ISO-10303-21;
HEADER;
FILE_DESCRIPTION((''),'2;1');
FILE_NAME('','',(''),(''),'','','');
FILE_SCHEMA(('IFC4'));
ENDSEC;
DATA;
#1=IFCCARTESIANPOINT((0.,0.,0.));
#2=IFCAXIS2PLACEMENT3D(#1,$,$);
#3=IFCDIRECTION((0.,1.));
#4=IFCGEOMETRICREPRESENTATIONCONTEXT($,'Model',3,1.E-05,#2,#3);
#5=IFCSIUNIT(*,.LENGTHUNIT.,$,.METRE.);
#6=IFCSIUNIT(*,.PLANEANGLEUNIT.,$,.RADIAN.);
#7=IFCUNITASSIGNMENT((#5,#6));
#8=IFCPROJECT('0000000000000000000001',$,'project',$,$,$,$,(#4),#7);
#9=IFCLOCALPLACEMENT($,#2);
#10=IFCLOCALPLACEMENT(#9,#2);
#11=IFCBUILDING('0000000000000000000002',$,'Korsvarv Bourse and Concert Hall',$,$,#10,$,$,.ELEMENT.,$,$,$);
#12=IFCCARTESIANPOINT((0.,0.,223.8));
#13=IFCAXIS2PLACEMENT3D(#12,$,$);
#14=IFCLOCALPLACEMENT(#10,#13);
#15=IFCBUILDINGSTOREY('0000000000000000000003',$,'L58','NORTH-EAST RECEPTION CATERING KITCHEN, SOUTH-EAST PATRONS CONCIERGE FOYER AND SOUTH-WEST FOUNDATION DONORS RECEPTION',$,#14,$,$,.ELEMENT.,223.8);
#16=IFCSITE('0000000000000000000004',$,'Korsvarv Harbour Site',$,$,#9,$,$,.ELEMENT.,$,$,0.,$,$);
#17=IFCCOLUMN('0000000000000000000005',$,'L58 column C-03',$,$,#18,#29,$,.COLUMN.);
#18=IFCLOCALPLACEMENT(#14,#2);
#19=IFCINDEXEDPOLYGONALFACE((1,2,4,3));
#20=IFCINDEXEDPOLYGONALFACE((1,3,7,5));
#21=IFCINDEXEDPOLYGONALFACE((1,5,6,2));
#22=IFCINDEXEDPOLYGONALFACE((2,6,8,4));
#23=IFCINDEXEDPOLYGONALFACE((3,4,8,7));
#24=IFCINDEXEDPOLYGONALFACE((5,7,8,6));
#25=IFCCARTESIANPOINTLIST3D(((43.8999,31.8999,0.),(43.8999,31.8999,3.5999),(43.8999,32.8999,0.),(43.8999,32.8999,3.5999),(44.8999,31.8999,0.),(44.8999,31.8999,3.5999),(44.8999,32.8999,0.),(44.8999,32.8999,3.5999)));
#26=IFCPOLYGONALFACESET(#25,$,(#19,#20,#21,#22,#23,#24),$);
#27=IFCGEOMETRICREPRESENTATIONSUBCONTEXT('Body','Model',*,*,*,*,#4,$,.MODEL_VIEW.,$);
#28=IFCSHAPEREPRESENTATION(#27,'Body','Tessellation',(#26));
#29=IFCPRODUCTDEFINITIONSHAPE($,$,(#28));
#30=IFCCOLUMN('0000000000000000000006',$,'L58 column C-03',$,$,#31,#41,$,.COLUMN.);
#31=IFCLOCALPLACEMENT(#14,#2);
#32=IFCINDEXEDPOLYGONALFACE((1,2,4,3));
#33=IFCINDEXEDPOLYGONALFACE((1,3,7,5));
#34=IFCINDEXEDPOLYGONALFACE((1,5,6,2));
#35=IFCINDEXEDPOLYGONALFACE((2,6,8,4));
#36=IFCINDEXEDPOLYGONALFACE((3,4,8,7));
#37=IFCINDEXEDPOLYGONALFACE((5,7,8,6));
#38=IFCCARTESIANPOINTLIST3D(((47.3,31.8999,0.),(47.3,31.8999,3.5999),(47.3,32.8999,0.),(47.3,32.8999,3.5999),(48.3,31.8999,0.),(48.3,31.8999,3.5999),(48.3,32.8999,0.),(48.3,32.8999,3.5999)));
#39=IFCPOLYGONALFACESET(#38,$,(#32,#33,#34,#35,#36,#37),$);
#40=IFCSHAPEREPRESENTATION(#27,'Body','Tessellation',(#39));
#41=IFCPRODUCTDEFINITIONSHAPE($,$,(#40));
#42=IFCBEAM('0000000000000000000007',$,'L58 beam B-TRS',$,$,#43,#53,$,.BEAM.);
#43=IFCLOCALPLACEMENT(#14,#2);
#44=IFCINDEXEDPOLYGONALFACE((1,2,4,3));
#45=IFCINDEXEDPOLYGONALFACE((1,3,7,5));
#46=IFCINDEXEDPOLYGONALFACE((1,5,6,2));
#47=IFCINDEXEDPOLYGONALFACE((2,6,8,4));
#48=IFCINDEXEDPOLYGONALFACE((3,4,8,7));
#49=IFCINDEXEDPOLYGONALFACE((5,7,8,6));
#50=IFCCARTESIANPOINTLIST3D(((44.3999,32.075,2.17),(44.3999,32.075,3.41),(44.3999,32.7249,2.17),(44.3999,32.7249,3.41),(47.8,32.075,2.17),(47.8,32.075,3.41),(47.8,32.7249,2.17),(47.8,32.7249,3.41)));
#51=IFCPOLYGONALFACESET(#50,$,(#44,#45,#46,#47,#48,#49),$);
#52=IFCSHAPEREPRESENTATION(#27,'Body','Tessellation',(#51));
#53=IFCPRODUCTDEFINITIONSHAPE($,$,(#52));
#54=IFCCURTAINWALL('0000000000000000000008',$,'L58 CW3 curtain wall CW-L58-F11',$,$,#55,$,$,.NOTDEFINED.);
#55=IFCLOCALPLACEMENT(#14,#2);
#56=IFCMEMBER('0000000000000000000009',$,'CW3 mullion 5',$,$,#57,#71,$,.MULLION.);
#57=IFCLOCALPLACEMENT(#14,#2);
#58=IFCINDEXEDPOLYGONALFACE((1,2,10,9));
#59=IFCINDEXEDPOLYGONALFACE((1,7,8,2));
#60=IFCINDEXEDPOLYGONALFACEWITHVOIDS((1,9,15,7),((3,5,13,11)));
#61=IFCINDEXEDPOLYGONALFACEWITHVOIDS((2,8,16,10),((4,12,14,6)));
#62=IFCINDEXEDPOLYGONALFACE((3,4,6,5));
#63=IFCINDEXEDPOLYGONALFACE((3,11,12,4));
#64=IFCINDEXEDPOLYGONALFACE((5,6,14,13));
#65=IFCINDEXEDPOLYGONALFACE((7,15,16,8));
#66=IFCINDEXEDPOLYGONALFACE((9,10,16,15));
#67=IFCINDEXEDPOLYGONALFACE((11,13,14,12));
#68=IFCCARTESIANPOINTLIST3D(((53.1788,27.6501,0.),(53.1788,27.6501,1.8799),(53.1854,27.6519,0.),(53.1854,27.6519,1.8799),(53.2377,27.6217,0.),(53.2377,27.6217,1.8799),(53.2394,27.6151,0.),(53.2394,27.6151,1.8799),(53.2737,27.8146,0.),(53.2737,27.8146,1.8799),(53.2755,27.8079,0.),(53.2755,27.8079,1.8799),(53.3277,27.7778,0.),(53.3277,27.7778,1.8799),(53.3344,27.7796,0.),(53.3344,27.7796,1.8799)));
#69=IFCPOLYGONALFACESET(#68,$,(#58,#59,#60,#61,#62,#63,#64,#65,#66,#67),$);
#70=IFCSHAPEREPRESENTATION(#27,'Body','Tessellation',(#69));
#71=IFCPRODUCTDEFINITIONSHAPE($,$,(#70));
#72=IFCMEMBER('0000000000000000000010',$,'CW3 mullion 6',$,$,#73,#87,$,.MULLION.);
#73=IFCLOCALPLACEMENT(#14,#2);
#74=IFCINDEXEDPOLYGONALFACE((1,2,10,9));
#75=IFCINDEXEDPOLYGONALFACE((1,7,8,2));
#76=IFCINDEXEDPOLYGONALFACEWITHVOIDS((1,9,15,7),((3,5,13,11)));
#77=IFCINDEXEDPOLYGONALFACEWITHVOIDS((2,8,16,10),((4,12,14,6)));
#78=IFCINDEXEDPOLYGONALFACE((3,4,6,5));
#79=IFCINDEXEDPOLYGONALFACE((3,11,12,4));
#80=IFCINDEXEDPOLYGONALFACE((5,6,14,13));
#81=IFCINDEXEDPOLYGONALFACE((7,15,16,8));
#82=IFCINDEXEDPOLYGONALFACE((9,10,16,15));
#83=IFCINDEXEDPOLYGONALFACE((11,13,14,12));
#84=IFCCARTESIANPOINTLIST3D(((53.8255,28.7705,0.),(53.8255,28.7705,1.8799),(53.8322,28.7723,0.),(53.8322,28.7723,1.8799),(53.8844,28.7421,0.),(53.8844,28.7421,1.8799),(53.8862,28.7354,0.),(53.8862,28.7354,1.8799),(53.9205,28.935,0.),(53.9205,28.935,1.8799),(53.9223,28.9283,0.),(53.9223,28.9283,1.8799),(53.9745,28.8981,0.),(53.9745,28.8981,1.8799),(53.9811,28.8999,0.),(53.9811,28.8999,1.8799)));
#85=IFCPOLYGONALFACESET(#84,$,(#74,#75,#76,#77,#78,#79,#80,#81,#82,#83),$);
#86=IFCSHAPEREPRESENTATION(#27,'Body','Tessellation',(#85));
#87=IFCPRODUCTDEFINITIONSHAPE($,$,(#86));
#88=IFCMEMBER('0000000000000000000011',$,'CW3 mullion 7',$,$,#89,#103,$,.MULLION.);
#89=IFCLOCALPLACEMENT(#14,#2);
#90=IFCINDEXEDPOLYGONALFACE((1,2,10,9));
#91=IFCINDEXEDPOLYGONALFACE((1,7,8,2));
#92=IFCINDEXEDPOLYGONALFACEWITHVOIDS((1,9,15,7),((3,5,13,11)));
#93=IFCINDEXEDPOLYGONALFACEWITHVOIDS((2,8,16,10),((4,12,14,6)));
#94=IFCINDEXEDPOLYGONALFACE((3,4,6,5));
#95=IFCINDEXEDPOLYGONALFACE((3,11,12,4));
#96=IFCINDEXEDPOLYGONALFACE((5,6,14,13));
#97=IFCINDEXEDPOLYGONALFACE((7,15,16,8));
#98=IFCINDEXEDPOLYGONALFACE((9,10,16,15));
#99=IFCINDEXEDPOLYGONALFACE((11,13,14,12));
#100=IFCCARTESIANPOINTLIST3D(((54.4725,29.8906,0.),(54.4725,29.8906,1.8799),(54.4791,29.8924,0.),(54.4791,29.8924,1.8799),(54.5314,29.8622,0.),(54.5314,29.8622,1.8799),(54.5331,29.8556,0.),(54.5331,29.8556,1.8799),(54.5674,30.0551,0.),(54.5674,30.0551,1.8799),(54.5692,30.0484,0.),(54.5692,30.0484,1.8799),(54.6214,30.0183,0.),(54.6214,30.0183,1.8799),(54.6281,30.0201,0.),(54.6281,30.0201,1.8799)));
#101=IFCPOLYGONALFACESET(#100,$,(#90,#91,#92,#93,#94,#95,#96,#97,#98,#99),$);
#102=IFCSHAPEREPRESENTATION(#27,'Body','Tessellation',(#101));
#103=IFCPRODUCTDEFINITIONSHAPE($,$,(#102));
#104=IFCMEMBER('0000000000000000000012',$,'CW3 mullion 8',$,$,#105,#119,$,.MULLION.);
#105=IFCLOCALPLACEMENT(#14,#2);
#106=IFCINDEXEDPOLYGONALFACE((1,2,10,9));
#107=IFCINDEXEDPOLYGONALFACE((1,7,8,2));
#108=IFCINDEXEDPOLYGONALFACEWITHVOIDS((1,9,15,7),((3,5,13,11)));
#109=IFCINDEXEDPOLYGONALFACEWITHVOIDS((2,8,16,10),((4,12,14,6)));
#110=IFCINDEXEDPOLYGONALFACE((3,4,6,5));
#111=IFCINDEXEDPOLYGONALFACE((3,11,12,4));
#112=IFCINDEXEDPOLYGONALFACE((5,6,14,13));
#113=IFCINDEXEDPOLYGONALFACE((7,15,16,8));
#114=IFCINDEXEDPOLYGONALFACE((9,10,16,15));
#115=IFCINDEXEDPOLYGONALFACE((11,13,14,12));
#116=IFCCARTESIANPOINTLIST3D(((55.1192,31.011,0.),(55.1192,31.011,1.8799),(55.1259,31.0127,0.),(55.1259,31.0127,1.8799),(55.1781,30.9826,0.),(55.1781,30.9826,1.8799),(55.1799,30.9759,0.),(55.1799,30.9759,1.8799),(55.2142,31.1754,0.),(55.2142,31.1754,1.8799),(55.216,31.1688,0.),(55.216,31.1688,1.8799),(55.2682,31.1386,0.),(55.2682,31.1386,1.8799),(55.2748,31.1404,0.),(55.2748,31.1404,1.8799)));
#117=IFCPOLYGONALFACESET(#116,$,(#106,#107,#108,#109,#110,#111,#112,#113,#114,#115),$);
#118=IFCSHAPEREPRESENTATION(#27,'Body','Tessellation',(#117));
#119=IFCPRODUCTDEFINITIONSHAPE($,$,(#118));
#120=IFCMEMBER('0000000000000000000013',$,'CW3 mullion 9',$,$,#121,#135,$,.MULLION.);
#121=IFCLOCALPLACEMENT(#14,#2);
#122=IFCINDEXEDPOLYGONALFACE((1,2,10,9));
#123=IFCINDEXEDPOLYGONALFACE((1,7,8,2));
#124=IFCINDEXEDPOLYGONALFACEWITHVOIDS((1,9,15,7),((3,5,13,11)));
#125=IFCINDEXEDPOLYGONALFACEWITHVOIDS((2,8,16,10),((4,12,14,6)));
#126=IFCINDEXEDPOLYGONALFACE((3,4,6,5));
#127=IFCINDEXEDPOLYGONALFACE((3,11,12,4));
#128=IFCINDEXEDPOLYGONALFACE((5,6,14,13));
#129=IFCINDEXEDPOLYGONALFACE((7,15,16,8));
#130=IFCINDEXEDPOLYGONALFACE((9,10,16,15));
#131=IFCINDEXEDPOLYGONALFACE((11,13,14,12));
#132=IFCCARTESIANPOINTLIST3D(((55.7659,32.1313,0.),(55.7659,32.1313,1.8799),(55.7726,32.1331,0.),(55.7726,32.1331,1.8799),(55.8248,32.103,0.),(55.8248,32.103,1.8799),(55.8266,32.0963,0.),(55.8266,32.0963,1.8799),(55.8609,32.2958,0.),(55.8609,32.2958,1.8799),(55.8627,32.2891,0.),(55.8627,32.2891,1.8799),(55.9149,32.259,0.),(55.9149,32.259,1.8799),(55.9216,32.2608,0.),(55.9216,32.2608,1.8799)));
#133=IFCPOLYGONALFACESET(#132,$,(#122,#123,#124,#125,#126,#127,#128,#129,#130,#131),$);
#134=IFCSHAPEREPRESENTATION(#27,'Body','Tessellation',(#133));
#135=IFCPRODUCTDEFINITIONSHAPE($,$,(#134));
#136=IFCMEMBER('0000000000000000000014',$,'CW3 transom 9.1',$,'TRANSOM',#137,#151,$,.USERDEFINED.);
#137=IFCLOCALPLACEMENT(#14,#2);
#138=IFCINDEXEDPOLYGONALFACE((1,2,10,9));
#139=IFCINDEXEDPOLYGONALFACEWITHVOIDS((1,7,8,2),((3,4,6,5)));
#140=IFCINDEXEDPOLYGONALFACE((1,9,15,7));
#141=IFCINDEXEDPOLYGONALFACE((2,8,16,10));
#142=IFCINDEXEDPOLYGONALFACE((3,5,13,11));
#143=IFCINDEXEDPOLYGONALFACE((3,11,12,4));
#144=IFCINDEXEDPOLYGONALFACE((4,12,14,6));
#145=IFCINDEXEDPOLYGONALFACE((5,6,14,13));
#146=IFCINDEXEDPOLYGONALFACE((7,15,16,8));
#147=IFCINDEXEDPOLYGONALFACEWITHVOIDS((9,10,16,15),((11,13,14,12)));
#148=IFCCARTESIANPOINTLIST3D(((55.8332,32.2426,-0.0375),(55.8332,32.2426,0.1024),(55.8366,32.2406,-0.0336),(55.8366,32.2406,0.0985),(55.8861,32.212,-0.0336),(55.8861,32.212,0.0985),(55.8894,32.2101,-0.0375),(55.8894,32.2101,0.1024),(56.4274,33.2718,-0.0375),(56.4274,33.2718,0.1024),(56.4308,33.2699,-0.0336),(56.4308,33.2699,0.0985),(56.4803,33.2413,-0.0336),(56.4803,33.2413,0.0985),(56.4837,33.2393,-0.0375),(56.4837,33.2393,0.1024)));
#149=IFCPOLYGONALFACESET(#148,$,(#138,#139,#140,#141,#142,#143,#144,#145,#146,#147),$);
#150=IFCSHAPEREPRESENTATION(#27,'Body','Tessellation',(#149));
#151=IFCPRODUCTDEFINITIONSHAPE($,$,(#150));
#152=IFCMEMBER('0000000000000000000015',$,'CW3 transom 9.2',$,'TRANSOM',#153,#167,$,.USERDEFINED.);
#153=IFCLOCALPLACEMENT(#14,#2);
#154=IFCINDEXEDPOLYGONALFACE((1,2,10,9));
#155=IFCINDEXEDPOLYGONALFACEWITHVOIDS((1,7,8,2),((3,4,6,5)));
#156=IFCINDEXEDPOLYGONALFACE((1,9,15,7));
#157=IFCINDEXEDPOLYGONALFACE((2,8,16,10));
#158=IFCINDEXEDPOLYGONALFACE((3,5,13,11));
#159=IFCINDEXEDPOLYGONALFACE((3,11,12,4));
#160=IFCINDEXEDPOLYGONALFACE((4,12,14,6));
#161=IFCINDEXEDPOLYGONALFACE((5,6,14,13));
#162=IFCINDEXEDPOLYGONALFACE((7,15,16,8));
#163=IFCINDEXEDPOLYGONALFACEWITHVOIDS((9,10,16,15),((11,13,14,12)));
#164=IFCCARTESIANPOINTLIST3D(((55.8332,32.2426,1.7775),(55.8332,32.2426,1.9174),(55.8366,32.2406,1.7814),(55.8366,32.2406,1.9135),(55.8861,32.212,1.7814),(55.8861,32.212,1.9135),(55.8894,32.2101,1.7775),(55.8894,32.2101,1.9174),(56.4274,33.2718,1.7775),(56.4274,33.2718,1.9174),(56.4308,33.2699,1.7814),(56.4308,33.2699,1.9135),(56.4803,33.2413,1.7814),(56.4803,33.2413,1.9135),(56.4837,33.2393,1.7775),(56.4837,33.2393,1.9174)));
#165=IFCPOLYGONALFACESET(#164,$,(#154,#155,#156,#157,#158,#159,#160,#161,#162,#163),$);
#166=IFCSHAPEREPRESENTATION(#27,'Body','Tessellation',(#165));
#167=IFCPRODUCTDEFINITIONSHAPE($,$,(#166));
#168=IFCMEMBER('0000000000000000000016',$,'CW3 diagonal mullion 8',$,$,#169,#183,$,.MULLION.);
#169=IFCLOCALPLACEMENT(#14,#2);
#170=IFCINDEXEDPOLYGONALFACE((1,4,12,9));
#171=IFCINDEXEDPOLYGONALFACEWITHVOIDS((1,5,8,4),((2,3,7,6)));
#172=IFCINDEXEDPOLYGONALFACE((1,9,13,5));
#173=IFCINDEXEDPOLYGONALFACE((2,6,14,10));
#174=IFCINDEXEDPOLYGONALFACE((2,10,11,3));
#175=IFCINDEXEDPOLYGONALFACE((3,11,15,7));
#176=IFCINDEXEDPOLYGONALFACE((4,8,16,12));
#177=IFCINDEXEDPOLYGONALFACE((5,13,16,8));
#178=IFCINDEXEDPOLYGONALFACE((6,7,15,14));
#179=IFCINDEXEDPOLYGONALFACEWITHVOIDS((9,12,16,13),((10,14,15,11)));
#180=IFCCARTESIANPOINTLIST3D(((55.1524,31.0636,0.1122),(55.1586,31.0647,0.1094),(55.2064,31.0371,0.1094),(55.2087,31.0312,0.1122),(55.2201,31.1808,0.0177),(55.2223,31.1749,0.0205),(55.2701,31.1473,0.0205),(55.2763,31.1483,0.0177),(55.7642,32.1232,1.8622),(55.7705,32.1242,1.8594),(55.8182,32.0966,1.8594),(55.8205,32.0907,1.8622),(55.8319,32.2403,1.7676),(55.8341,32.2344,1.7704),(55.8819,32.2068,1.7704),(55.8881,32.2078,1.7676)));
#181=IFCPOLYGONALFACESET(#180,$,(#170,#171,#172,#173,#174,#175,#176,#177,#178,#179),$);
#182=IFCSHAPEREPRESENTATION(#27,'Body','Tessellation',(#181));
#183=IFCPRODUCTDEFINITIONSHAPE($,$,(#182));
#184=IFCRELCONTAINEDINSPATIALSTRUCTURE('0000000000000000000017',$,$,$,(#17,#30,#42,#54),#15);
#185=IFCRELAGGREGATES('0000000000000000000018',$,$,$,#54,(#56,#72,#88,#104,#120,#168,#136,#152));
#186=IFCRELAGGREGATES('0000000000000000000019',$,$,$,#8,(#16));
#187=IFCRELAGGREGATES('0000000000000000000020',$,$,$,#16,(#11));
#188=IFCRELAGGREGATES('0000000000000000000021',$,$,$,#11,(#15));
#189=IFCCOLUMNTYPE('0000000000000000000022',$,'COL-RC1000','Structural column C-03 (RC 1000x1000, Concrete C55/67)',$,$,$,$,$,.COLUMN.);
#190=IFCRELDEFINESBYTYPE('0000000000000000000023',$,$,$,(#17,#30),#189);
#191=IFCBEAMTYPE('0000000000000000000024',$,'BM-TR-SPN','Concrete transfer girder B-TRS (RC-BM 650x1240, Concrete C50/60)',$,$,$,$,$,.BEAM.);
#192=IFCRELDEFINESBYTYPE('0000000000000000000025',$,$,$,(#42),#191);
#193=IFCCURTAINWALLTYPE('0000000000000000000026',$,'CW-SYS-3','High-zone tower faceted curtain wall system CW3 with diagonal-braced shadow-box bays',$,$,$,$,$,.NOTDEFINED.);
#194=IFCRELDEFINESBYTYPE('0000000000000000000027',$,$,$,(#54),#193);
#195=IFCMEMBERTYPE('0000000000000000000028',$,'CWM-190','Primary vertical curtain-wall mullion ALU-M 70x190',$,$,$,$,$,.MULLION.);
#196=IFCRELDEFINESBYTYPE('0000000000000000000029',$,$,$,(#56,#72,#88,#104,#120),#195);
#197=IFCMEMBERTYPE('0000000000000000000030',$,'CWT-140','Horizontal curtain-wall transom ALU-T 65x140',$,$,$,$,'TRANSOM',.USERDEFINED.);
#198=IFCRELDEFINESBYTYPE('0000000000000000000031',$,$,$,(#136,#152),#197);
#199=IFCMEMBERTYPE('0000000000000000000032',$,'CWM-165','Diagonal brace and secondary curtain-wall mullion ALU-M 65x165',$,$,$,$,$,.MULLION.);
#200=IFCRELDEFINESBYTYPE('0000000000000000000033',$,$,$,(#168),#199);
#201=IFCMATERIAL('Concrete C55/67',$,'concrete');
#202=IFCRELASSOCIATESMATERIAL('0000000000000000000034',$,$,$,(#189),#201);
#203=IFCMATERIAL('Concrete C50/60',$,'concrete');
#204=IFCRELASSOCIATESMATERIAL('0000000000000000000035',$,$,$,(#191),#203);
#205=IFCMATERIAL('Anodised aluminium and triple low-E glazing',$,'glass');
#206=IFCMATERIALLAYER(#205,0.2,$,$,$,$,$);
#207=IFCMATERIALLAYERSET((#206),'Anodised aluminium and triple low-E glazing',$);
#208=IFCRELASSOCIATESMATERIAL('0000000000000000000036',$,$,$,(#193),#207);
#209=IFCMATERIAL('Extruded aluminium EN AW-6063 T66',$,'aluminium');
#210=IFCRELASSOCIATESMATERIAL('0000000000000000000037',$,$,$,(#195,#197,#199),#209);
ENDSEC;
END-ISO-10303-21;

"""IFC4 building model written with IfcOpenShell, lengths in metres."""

from ifc_helpers import new_model, si_unit, direction, frame, origin, origin_2d, place, context, subcontext, project, spatial, rectangle, hollow_rectangle, extrude, source, transform, mapped, material, layer, layer_set, material_profile, profile_set, type_object, element, aggregate, save


model = new_model("IFC4")

# Units and contexts
model_context = context("Model", 3, precision=1e-05, world=origin(), true_north=direction((0.0, 1.0)))
body_context = subcontext(model_context, "Body", "Model", "MODEL_VIEW")
ifc_project = project(units=[si_unit("LENGTHUNIT", "METRE"), si_unit("PLANEANGLEUNIT", "RADIAN")], contexts=[model_context])

# Site, building, storey
site_placement = place(None, origin())
site = spatial("IfcSite", under=ifc_project, at=site_placement, Name="Korsvarv Harbour Site", CompositionType="ELEMENT", RefElevation=0.0)
building_placement = place(site_placement, origin())
building = spatial("IfcBuilding", under=site, at=building_placement, Name="Korsvarv Bourse and Concert Hall", CompositionType="ELEMENT")
storey_placement = place(building_placement, frame((0.0, 0.0, 223.8)))
storey = spatial("IfcBuildingStorey", under=building, at=storey_placement, Name="L58", Description="NORTH-EAST RECEPTION CATERING KITCHEN, SOUTH-EAST PATRONS CONCIERGE FOYER AND SOUTH-WEST FOUNDATION DONORS RECEPTION", CompositionType="ELEMENT", Elevation=223.8)

# Columns
ifc_material_1 = material(Name="Concrete C55/67", Category="concrete")
ifc_material_profile_1 = material_profile(ifc_material_1, rectangle(XDim=1.0, YDim=1.0, at=origin_2d()), Name="RC 1000x1000")
ifc_profile_set_1 = profile_set([ifc_material_profile_1], Name="Concrete C55/67")
column_type = type_object("IfcColumnType", Name="COL-RC1000", Description="Structural column C-03 (RC 1000x1000, Concrete C55/67)", PredefinedType="COLUMN", material=ifc_profile_set_1)
shared_shape_1 = source(origin(), body_context, "Body", "SweptSolid", [
    extrude(rectangle(XDim=1.0, YDim=1.0, at=origin_2d()), origin(), (0.0, 0.0, 1.0), 3.5999),
])
for number, where, z_axis, x_axis, name in (
    (1, (44.3999, 32.3999, 0.0), (0.0, 0.0, 1.0), (1.0, 0.0, 0.0), "L58 column C-03"),
    (2, (47.8, 32.3999, 0.0), (0.0, 0.0, 1.0), (1.0, 0.0, 0.0), "L58 column C-03"),
):
    element("IfcColumn", number, at=place(storey_placement, frame(where, z_axis=z_axis, x_axis=x_axis)), inside=storey, type_object=column_type, Name=name, PredefinedType="COLUMN", context=body_context, shape_type="MappedRepresentation", body=[
        mapped(shared_shape_1, transform((0.0, 0.0, 0.0), scale=1.0)),
    ])

# Beam
ifc_material_2 = material(Name="Concrete C50/60", Category="concrete")
ifc_material_profile_2 = material_profile(ifc_material_2, rectangle(XDim=0.6499, YDim=1.24, at=origin_2d()), Name="RC-BM 650x1240")
ifc_profile_set_2 = profile_set([ifc_material_profile_2], Name="Concrete C50/60")
beam_type = type_object("IfcBeamType", Name="BM-TR-SPN", Description="Concrete transfer girder B-TRS (RC-BM 650x1240, Concrete C50/60)", PredefinedType="BEAM", material=ifc_profile_set_2)
shared_shape_2 = source(origin(), body_context, "Body", "SweptSolid", [
    extrude(rectangle(XDim=0.6499, YDim=1.24, at=origin_2d()), origin(), (0.0, 0.0, 1.0), 3.4001),
])
beam_placement = place(storey_placement, frame((44.3999, 32.3999, 2.79), z_axis=(1.0, 0.0, 0.0), x_axis=(0.0, 1.0, 0.0)))
element("IfcBeam", 3, at=beam_placement, inside=storey, type_object=beam_type, Name="L58 beam B-TRS", PredefinedType="BEAM", context=body_context, shape_type="MappedRepresentation", body=[
    mapped(shared_shape_2, transform((0.0, 0.0, 0.0), scale=1.0)),
])

# Curtain wall, members
ifc_material_3 = material(Name="Anodised aluminium and triple low-E glazing", Category="glass")
ifc_layer_1 = layer(ifc_material_3, 0.2)
ifc_layer_set_1 = layer_set([ifc_layer_1], Name="Anodised aluminium and triple low-E glazing")
curtain_wall_type = type_object("IfcCurtainWallType", Name="CW-SYS-3", Description="High-zone tower faceted curtain wall system CW3 with diagonal-braced shadow-box bays", PredefinedType="NOTDEFINED", material=ifc_layer_set_1)
curtain_wall_placement = place(storey_placement, origin())
curtain_wall = element("IfcCurtainWall", 4, at=curtain_wall_placement, inside=storey, type_object=curtain_wall_type, Name="L58 CW3 curtain wall CW-L58-F11", PredefinedType="NOTDEFINED")
ifc_material_4 = material(Name="Extruded aluminium EN AW-6063 T66", Category="aluminium")
ifc_material_profile_3 = material_profile(ifc_material_4, hollow_rectangle(XDim=0.0701, YDim=0.1899, WallThickness=0.0049, at=origin_2d()), Name="ALU-M 70x190")
ifc_profile_set_3 = profile_set([ifc_material_profile_3], Name="Extruded aluminium EN AW-6063 T66")
member_type_1 = type_object("IfcMemberType", Name="CWM-190", Description="Primary vertical curtain-wall mullion ALU-M 70x190", PredefinedType="MULLION", material=ifc_profile_set_3)
shared_shape_3 = source(origin(), body_context, "Body", "SweptSolid", [
    extrude(hollow_rectangle(XDim=0.0701, YDim=0.1899, WallThickness=0.0049, at=origin_2d()), origin(), (0.0, 0.0, 1.0), 1.8799),
])
member_1_placement = place(storey_placement, frame((53.2566, 27.7148, 0.0), z_axis=(0.0, 0.0, 1.0), x_axis=(-0.86603, 0.499992, 0.0)))
member_1 = element("IfcMember", 5, at=member_1_placement, type_object=member_type_1, Name="CW3 mullion 5", PredefinedType="MULLION", context=body_context, shape_type="MappedRepresentation", body=[
    mapped(shared_shape_3, transform((0.0, 0.0, 0.0), scale=1.0)),
])
member_2_placement = place(storey_placement, frame((53.9033, 28.8352, 0.0), z_axis=(0.0, 0.0, 1.0), x_axis=(-0.86603, 0.499992, 0.0)))
member_2 = element("IfcMember", 6, at=member_2_placement, type_object=member_type_1, Name="CW3 mullion 6", PredefinedType="MULLION", context=body_context, shape_type="MappedRepresentation", body=[
    mapped(shared_shape_3, transform((0.0, 0.0, 0.0), scale=1.0)),
])
member_3_placement = place(storey_placement, frame((54.5503, 29.9553, 0.0), z_axis=(0.0, 0.0, 1.0), x_axis=(-0.86603, 0.499992, 0.0)))
member_3 = element("IfcMember", 7, at=member_3_placement, type_object=member_type_1, Name="CW3 mullion 7", PredefinedType="MULLION", context=body_context, shape_type="MappedRepresentation", body=[
    mapped(shared_shape_3, transform((0.0, 0.0, 0.0), scale=1.0)),
])
member_4_placement = place(storey_placement, frame((55.197, 31.0757, 0.0), z_axis=(0.0, 0.0, 1.0), x_axis=(-0.86603, 0.499992, 0.0)))
member_4 = element("IfcMember", 8, at=member_4_placement, type_object=member_type_1, Name="CW3 mullion 8", PredefinedType="MULLION", context=body_context, shape_type="MappedRepresentation", body=[
    mapped(shared_shape_3, transform((0.0, 0.0, 0.0), scale=1.0)),
])
member_5_placement = place(storey_placement, frame((55.8438, 32.196, 0.0), z_axis=(0.0, 0.0, 1.0), x_axis=(-0.86603, 0.499992, 0.0)))
member_5 = element("IfcMember", 9, at=member_5_placement, type_object=member_type_1, Name="CW3 mullion 9", PredefinedType="MULLION", context=body_context, shape_type="MappedRepresentation", body=[
    mapped(shared_shape_3, transform((0.0, 0.0, 0.0), scale=1.0)),
])
ifc_material_profile_4 = material_profile(ifc_material_4, hollow_rectangle(XDim=0.0649, YDim=0.1399, WallThickness=0.0039, at=origin_2d()), Name="ALU-T 65x140")
ifc_profile_set_4 = profile_set([ifc_material_profile_4], Name="Extruded aluminium EN AW-6063 T66")
member_type_2 = type_object("IfcMemberType", Name="CWT-140", Description="Horizontal curtain-wall transom ALU-T 65x140", ElementType="TRANSOM", PredefinedType="USERDEFINED", material=ifc_profile_set_4)
shared_shape_4 = source(origin(), body_context, "Body", "SweptSolid", [
    extrude(hollow_rectangle(XDim=0.0649, YDim=0.1399, WallThickness=0.0039, at=origin_2d()), origin(), (0.0, 0.0, 1.0), 1.1885),
])
member_6_placement = place(storey_placement, frame((55.8613, 32.2263, 0.0325), z_axis=(0.499983, 0.866035, 0.0), x_axis=(-0.866035, 0.499983, 0.0)))
member_6 = element("IfcMember", 10, at=member_6_placement, type_object=member_type_2, Name="CW3 transom 9.1", ObjectType="TRANSOM", PredefinedType="USERDEFINED", context=body_context, shape_type="MappedRepresentation", body=[
    mapped(shared_shape_4, transform((0.0, 0.0, 0.0), scale=1.0)),
])
member_7_placement = place(storey_placement, frame((55.8613, 32.2263, 1.8474), z_axis=(0.499983, 0.866035, 0.0), x_axis=(-0.866035, 0.499983, 0.0)))
member_7 = element("IfcMember", 11, at=member_7_placement, type_object=member_type_2, Name="CW3 transom 9.2", ObjectType="TRANSOM", PredefinedType="USERDEFINED", context=body_context, shape_type="MappedRepresentation", body=[
    mapped(shared_shape_4, transform((0.0, 0.0, 0.0), scale=1.0)),
])
ifc_material_profile_5 = material_profile(ifc_material_4, hollow_rectangle(XDim=0.0649, YDim=0.165, WallThickness=0.0049, at=origin_2d()), Name="ALU-M 65x165")
ifc_profile_set_5 = profile_set([ifc_material_profile_5], Name="Extruded aluminium EN AW-6063 T66")
member_type_3 = type_object("IfcMemberType", Name="CWM-165", Description="Diagonal brace and secondary curtain-wall mullion ALU-M 65x165", PredefinedType="MULLION", material=ifc_profile_set_5)
shared_shape_5 = source(origin(), body_context, "Body", "SweptSolid", [
    extrude(hollow_rectangle(XDim=0.0649, YDim=0.165, WallThickness=0.0049, at=origin_2d()), origin(), (0.0, 0.0, 1.0), 2.1353),
])
member_8_placement = place(storey_placement, frame((55.2144, 31.106, 0.0649), z_axis=(0.286525, 0.496216, 0.819557), x_axis=(-0.865999, 0.500045, 0.0)))
member_8 = element("IfcMember", 12, at=member_8_placement, type_object=member_type_3, Name="CW3 diagonal mullion 8", PredefinedType="MULLION", context=body_context, shape_type="MappedRepresentation", body=[
    mapped(shared_shape_5, transform((0.0, 0.0, 0.0), scale=1.0)),
])
aggregate(curtain_wall, [member_1, member_2, member_3, member_4, member_5, member_8, member_6, member_7])

save(model, "model.ifc")
